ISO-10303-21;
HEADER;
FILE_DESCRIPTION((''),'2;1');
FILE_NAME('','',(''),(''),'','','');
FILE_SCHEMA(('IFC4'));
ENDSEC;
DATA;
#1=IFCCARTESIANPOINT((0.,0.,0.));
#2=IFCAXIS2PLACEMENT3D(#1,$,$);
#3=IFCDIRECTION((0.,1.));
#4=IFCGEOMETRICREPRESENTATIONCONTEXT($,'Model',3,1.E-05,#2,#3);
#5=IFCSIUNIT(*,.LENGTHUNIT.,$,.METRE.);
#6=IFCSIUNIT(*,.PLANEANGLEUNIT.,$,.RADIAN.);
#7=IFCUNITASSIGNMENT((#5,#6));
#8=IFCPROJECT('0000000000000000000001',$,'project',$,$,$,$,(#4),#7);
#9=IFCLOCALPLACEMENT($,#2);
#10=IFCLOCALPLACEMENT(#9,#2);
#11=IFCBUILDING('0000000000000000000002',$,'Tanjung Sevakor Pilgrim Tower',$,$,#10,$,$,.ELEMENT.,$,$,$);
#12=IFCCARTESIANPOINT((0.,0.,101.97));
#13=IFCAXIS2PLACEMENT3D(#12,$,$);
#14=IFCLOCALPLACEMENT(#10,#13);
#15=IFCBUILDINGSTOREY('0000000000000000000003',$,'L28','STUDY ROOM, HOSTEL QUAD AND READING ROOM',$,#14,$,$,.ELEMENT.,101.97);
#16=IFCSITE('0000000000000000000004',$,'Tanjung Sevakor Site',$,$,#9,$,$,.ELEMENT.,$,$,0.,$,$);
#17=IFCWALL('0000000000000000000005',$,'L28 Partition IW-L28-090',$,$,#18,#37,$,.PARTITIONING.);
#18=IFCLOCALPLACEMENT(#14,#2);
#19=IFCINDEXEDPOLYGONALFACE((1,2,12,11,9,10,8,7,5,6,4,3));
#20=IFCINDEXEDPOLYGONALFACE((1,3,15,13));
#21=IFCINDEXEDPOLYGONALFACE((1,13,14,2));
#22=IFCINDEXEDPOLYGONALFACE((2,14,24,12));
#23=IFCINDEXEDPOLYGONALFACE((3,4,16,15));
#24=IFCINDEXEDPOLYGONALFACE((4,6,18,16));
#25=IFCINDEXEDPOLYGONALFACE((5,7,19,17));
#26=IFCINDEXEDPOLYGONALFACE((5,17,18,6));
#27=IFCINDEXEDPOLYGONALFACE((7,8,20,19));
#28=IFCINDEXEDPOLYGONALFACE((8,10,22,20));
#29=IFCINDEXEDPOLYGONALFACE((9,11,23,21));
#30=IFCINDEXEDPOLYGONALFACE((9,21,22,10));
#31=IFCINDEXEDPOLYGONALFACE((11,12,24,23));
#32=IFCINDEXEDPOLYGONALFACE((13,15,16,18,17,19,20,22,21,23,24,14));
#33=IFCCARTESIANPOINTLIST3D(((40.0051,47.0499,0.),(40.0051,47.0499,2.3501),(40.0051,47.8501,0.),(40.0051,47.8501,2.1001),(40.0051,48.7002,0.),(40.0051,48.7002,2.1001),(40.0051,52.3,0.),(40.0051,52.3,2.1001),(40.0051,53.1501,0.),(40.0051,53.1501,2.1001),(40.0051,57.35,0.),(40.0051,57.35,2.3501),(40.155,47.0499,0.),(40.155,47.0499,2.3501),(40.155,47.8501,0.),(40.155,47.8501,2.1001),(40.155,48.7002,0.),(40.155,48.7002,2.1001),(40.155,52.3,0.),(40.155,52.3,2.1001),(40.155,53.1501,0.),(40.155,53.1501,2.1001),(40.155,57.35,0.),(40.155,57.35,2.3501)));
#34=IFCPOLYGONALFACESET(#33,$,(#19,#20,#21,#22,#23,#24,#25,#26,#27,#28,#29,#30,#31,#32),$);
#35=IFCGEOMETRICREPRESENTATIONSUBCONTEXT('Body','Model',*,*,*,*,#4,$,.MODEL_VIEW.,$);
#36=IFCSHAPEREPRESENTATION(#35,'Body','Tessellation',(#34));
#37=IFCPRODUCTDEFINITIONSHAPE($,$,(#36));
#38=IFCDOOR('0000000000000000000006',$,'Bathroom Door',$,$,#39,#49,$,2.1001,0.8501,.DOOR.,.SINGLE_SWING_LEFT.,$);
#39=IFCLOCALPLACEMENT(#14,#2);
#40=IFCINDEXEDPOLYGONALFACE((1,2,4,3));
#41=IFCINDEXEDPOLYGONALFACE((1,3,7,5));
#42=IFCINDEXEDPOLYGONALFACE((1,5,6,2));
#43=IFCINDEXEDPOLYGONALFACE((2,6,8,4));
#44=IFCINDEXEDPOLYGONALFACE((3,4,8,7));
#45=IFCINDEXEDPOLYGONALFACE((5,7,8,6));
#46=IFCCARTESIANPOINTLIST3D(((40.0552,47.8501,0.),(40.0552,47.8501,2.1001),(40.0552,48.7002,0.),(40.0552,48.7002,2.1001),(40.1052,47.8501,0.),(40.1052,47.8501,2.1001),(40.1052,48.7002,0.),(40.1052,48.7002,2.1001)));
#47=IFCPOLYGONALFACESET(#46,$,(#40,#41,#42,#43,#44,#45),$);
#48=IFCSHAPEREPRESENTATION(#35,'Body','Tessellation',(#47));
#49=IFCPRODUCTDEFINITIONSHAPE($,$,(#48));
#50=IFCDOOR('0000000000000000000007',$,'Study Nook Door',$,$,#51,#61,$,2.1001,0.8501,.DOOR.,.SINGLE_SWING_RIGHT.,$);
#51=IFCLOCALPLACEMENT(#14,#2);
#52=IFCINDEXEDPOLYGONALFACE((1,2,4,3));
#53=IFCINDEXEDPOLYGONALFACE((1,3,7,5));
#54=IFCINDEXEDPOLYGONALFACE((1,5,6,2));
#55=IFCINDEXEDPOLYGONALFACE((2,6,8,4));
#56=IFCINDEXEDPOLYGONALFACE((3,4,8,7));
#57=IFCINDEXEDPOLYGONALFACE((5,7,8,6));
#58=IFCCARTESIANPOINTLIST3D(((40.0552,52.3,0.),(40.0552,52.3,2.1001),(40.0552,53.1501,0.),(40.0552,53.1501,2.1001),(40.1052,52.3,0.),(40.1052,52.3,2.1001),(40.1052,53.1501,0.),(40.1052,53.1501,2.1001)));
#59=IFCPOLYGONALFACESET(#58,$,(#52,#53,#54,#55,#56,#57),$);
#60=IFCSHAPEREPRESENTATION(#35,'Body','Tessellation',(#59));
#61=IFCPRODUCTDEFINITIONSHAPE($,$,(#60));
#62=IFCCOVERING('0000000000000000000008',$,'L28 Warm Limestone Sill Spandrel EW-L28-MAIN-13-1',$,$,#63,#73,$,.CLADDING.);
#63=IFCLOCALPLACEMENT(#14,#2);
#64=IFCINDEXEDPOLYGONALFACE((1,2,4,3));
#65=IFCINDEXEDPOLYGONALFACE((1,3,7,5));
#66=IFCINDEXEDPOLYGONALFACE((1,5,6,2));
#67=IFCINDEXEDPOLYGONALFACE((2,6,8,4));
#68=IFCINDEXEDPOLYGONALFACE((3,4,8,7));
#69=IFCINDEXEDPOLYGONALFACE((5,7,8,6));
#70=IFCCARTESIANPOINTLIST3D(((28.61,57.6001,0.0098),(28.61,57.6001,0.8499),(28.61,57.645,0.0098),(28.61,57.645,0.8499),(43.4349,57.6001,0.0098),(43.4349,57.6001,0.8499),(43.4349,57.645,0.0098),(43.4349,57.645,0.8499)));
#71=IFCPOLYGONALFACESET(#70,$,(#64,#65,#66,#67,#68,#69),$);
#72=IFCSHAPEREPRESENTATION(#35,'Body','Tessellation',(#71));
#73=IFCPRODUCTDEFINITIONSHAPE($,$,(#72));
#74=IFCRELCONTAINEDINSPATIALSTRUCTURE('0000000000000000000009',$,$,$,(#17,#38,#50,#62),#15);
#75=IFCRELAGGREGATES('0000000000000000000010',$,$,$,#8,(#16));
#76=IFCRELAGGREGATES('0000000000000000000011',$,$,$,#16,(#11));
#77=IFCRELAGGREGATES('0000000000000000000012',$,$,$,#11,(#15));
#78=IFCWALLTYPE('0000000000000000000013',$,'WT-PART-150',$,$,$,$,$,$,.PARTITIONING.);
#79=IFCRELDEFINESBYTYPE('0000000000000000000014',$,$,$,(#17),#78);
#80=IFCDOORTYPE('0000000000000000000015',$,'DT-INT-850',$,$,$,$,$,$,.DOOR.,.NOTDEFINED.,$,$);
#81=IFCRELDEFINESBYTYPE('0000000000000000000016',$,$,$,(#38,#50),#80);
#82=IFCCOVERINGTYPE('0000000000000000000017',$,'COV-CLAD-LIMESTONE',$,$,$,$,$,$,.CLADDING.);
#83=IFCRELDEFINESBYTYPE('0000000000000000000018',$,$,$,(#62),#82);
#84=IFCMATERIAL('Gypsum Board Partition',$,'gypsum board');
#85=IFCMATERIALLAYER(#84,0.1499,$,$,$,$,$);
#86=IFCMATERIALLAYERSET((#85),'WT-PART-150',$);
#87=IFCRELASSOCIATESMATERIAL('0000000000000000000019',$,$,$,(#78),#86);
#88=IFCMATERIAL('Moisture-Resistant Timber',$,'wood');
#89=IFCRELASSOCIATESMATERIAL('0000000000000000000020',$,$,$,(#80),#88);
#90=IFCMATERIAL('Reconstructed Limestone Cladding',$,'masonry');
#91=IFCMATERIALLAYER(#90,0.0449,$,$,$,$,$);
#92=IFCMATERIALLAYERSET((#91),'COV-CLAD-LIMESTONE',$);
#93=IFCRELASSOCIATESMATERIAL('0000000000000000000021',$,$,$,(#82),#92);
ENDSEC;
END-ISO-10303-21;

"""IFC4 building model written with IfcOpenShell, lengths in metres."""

from ifc_helpers import new_model, si_unit, direction, frame, frame_2d, origin, origin_2d, place, context, subcontext, project, spatial, rectangle, extrude, material, layer, layer_set, type_object, element, fill, save


model = new_model("IFC4")

# Units and contexts
model_context = context("Model", 3, precision=1e-05, world=origin(), true_north=direction((0.0, 1.0)))
body_context = subcontext(model_context, "Body", "Model", "MODEL_VIEW")
ifc_project = project(units=[si_unit("LENGTHUNIT", "METRE"), si_unit("PLANEANGLEUNIT", "RADIAN")], contexts=[model_context])

# Site, building, storey
site_placement = place(None, origin())
site = spatial("IfcSite", under=ifc_project, at=site_placement, Name="Tanjung Sevakor Site", CompositionType="ELEMENT", RefElevation=0.0)
building_placement = place(site_placement, origin())
building = spatial("IfcBuilding", under=site, at=building_placement, Name="Tanjung Sevakor Pilgrim Tower", CompositionType="ELEMENT")
storey_placement = place(building_placement, frame((0.0, 0.0, 101.97)))
storey = spatial("IfcBuildingStorey", under=building, at=storey_placement, Name="L28", Description="STUDY ROOM, HOSTEL QUAD AND READING ROOM", CompositionType="ELEMENT", Elevation=101.97)

# Shared definitions
ifc_material_1 = material(Name="Gypsum Board Partition", Category="gypsum board")
ifc_layer_1 = layer(ifc_material_1, 0.1499)
ifc_layer_set_1 = layer_set([ifc_layer_1], Name="WT-PART-150")
wall_type_1 = type_object("IfcWallType", Name="WT-PART-150", PredefinedType="PARTITIONING", material=ifc_layer_set_1)

# Wall, openings, doors
wall_1_placement = place(storey_placement, frame((40.0801, 47.05, 0.0), z_axis=(0.0, 0.0, 1.0), x_axis=(0.0, 1.0, 0.0)))
wall_1 = element("IfcWall", 1, at=wall_1_placement, inside=storey, type_object=wall_type_1, Name="L28 Partition IW-L28-090", PredefinedType="PARTITIONING", context=body_context, shape_type="SweptSolid", body=[
    extrude(rectangle(XDim=10.3, YDim=0.1499, at=frame_2d((5.1499, 0.0))), origin(), (0.0, 0.0, 1.0), 2.3501),
])
opening_1_placement = place(wall_1_placement, frame((0.8, 0.0, 0.0)))
opening_1 = element("IfcOpeningElement", 2, at=opening_1_placement, cuts=wall_1, PredefinedType="OPENING", context=body_context, shape_type="SweptSolid", body=[
    extrude(rectangle(XDim=0.8501, YDim=2.1001, at=frame_2d((0.425, 1.05))), frame((0.0, 0.085, 0.0), z_axis=(0.0, -1.0, 0.0), x_axis=(1.0, 0.0, 0.0)), (0.0, 0.0, 1.0), 0.1699),
])
opening_2_placement = place(wall_1_placement, frame((5.25, 0.0, 0.0)))
opening_2 = element("IfcOpeningElement", 3, at=opening_2_placement, cuts=wall_1, PredefinedType="OPENING", context=body_context, shape_type="SweptSolid", body=[
    extrude(rectangle(XDim=0.8501, YDim=2.1001, at=frame_2d((0.425, 1.05))), frame((0.0, 0.085, 0.0), z_axis=(0.0, -1.0, 0.0), x_axis=(1.0, 0.0, 0.0)), (0.0, 0.0, 1.0), 0.1699),
])
ifc_material_2 = material(Name="Moisture-Resistant Timber", Category="wood")
door_type_1 = type_object("IfcDoorType", Name="DT-INT-850", OperationType="NOTDEFINED", PredefinedType="DOOR", material=ifc_material_2)
door_1_placement = place(opening_1_placement, origin())
door_1 = element("IfcDoor", 4, at=door_1_placement, inside=storey, type_object=door_type_1, Name="Bathroom Door", OperationType="SINGLE_SWING_LEFT", OverallHeight=2.1001, OverallWidth=0.8501, PredefinedType="DOOR", context=body_context, shape_type="SweptSolid", body=[
    extrude(rectangle(XDim=0.8501, YDim=2.1001, at=frame_2d((0.425, 1.05))), frame((0.0, 0.0249, 0.0), z_axis=(0.0, -1.0, 0.0), x_axis=(1.0, 0.0, 0.0)), (0.0, 0.0, 1.0), 0.05),
])
fill(opening_1, door_1)
door_2_placement = place(opening_2_placement, origin())
door_2 = element("IfcDoor", 5, at=door_2_placement, inside=storey, type_object=door_type_1, Name="Study Nook Door", OperationType="SINGLE_SWING_RIGHT", OverallHeight=2.1001, OverallWidth=0.8501, PredefinedType="DOOR", context=body_context, shape_type="SweptSolid", body=[
    extrude(rectangle(XDim=0.8501, YDim=2.1001, at=frame_2d((0.425, 1.05))), frame((0.0, 0.0249, 0.0), z_axis=(0.0, -1.0, 0.0), x_axis=(1.0, 0.0, 0.0)), (0.0, 0.0, 1.0), 0.05),
])
fill(opening_2, door_2)

# Covering
ifc_material_3 = material(Name="Reconstructed Limestone Cladding", Category="masonry")
ifc_layer_2 = layer(ifc_material_3, 0.0449)
ifc_layer_set_2 = layer_set([ifc_layer_2], Name="COV-CLAD-LIMESTONE")
covering_type = type_object("IfcCoveringType", Name="COV-CLAD-LIMESTONE", PredefinedType="CLADDING", material=ifc_layer_set_2)
covering_placement = place(storey_placement, frame((36.0225, 57.6226, 0.0098), z_axis=(0.0, 0.0, 1.0), x_axis=(-1.0, 0.0, 0.0)))
element("IfcCovering", 6, at=covering_placement, inside=storey, type_object=covering_type, Name="L28 Warm Limestone Sill Spandrel EW-L28-MAIN-13-1", PredefinedType="CLADDING", context=body_context, shape_type="SweptSolid", body=[
    extrude(rectangle(XDim=14.825, YDim=0.0449, at=origin_2d()), origin(), (0.0, 0.0, 1.0), 0.8401),
])

save(model, "model.ifc")
